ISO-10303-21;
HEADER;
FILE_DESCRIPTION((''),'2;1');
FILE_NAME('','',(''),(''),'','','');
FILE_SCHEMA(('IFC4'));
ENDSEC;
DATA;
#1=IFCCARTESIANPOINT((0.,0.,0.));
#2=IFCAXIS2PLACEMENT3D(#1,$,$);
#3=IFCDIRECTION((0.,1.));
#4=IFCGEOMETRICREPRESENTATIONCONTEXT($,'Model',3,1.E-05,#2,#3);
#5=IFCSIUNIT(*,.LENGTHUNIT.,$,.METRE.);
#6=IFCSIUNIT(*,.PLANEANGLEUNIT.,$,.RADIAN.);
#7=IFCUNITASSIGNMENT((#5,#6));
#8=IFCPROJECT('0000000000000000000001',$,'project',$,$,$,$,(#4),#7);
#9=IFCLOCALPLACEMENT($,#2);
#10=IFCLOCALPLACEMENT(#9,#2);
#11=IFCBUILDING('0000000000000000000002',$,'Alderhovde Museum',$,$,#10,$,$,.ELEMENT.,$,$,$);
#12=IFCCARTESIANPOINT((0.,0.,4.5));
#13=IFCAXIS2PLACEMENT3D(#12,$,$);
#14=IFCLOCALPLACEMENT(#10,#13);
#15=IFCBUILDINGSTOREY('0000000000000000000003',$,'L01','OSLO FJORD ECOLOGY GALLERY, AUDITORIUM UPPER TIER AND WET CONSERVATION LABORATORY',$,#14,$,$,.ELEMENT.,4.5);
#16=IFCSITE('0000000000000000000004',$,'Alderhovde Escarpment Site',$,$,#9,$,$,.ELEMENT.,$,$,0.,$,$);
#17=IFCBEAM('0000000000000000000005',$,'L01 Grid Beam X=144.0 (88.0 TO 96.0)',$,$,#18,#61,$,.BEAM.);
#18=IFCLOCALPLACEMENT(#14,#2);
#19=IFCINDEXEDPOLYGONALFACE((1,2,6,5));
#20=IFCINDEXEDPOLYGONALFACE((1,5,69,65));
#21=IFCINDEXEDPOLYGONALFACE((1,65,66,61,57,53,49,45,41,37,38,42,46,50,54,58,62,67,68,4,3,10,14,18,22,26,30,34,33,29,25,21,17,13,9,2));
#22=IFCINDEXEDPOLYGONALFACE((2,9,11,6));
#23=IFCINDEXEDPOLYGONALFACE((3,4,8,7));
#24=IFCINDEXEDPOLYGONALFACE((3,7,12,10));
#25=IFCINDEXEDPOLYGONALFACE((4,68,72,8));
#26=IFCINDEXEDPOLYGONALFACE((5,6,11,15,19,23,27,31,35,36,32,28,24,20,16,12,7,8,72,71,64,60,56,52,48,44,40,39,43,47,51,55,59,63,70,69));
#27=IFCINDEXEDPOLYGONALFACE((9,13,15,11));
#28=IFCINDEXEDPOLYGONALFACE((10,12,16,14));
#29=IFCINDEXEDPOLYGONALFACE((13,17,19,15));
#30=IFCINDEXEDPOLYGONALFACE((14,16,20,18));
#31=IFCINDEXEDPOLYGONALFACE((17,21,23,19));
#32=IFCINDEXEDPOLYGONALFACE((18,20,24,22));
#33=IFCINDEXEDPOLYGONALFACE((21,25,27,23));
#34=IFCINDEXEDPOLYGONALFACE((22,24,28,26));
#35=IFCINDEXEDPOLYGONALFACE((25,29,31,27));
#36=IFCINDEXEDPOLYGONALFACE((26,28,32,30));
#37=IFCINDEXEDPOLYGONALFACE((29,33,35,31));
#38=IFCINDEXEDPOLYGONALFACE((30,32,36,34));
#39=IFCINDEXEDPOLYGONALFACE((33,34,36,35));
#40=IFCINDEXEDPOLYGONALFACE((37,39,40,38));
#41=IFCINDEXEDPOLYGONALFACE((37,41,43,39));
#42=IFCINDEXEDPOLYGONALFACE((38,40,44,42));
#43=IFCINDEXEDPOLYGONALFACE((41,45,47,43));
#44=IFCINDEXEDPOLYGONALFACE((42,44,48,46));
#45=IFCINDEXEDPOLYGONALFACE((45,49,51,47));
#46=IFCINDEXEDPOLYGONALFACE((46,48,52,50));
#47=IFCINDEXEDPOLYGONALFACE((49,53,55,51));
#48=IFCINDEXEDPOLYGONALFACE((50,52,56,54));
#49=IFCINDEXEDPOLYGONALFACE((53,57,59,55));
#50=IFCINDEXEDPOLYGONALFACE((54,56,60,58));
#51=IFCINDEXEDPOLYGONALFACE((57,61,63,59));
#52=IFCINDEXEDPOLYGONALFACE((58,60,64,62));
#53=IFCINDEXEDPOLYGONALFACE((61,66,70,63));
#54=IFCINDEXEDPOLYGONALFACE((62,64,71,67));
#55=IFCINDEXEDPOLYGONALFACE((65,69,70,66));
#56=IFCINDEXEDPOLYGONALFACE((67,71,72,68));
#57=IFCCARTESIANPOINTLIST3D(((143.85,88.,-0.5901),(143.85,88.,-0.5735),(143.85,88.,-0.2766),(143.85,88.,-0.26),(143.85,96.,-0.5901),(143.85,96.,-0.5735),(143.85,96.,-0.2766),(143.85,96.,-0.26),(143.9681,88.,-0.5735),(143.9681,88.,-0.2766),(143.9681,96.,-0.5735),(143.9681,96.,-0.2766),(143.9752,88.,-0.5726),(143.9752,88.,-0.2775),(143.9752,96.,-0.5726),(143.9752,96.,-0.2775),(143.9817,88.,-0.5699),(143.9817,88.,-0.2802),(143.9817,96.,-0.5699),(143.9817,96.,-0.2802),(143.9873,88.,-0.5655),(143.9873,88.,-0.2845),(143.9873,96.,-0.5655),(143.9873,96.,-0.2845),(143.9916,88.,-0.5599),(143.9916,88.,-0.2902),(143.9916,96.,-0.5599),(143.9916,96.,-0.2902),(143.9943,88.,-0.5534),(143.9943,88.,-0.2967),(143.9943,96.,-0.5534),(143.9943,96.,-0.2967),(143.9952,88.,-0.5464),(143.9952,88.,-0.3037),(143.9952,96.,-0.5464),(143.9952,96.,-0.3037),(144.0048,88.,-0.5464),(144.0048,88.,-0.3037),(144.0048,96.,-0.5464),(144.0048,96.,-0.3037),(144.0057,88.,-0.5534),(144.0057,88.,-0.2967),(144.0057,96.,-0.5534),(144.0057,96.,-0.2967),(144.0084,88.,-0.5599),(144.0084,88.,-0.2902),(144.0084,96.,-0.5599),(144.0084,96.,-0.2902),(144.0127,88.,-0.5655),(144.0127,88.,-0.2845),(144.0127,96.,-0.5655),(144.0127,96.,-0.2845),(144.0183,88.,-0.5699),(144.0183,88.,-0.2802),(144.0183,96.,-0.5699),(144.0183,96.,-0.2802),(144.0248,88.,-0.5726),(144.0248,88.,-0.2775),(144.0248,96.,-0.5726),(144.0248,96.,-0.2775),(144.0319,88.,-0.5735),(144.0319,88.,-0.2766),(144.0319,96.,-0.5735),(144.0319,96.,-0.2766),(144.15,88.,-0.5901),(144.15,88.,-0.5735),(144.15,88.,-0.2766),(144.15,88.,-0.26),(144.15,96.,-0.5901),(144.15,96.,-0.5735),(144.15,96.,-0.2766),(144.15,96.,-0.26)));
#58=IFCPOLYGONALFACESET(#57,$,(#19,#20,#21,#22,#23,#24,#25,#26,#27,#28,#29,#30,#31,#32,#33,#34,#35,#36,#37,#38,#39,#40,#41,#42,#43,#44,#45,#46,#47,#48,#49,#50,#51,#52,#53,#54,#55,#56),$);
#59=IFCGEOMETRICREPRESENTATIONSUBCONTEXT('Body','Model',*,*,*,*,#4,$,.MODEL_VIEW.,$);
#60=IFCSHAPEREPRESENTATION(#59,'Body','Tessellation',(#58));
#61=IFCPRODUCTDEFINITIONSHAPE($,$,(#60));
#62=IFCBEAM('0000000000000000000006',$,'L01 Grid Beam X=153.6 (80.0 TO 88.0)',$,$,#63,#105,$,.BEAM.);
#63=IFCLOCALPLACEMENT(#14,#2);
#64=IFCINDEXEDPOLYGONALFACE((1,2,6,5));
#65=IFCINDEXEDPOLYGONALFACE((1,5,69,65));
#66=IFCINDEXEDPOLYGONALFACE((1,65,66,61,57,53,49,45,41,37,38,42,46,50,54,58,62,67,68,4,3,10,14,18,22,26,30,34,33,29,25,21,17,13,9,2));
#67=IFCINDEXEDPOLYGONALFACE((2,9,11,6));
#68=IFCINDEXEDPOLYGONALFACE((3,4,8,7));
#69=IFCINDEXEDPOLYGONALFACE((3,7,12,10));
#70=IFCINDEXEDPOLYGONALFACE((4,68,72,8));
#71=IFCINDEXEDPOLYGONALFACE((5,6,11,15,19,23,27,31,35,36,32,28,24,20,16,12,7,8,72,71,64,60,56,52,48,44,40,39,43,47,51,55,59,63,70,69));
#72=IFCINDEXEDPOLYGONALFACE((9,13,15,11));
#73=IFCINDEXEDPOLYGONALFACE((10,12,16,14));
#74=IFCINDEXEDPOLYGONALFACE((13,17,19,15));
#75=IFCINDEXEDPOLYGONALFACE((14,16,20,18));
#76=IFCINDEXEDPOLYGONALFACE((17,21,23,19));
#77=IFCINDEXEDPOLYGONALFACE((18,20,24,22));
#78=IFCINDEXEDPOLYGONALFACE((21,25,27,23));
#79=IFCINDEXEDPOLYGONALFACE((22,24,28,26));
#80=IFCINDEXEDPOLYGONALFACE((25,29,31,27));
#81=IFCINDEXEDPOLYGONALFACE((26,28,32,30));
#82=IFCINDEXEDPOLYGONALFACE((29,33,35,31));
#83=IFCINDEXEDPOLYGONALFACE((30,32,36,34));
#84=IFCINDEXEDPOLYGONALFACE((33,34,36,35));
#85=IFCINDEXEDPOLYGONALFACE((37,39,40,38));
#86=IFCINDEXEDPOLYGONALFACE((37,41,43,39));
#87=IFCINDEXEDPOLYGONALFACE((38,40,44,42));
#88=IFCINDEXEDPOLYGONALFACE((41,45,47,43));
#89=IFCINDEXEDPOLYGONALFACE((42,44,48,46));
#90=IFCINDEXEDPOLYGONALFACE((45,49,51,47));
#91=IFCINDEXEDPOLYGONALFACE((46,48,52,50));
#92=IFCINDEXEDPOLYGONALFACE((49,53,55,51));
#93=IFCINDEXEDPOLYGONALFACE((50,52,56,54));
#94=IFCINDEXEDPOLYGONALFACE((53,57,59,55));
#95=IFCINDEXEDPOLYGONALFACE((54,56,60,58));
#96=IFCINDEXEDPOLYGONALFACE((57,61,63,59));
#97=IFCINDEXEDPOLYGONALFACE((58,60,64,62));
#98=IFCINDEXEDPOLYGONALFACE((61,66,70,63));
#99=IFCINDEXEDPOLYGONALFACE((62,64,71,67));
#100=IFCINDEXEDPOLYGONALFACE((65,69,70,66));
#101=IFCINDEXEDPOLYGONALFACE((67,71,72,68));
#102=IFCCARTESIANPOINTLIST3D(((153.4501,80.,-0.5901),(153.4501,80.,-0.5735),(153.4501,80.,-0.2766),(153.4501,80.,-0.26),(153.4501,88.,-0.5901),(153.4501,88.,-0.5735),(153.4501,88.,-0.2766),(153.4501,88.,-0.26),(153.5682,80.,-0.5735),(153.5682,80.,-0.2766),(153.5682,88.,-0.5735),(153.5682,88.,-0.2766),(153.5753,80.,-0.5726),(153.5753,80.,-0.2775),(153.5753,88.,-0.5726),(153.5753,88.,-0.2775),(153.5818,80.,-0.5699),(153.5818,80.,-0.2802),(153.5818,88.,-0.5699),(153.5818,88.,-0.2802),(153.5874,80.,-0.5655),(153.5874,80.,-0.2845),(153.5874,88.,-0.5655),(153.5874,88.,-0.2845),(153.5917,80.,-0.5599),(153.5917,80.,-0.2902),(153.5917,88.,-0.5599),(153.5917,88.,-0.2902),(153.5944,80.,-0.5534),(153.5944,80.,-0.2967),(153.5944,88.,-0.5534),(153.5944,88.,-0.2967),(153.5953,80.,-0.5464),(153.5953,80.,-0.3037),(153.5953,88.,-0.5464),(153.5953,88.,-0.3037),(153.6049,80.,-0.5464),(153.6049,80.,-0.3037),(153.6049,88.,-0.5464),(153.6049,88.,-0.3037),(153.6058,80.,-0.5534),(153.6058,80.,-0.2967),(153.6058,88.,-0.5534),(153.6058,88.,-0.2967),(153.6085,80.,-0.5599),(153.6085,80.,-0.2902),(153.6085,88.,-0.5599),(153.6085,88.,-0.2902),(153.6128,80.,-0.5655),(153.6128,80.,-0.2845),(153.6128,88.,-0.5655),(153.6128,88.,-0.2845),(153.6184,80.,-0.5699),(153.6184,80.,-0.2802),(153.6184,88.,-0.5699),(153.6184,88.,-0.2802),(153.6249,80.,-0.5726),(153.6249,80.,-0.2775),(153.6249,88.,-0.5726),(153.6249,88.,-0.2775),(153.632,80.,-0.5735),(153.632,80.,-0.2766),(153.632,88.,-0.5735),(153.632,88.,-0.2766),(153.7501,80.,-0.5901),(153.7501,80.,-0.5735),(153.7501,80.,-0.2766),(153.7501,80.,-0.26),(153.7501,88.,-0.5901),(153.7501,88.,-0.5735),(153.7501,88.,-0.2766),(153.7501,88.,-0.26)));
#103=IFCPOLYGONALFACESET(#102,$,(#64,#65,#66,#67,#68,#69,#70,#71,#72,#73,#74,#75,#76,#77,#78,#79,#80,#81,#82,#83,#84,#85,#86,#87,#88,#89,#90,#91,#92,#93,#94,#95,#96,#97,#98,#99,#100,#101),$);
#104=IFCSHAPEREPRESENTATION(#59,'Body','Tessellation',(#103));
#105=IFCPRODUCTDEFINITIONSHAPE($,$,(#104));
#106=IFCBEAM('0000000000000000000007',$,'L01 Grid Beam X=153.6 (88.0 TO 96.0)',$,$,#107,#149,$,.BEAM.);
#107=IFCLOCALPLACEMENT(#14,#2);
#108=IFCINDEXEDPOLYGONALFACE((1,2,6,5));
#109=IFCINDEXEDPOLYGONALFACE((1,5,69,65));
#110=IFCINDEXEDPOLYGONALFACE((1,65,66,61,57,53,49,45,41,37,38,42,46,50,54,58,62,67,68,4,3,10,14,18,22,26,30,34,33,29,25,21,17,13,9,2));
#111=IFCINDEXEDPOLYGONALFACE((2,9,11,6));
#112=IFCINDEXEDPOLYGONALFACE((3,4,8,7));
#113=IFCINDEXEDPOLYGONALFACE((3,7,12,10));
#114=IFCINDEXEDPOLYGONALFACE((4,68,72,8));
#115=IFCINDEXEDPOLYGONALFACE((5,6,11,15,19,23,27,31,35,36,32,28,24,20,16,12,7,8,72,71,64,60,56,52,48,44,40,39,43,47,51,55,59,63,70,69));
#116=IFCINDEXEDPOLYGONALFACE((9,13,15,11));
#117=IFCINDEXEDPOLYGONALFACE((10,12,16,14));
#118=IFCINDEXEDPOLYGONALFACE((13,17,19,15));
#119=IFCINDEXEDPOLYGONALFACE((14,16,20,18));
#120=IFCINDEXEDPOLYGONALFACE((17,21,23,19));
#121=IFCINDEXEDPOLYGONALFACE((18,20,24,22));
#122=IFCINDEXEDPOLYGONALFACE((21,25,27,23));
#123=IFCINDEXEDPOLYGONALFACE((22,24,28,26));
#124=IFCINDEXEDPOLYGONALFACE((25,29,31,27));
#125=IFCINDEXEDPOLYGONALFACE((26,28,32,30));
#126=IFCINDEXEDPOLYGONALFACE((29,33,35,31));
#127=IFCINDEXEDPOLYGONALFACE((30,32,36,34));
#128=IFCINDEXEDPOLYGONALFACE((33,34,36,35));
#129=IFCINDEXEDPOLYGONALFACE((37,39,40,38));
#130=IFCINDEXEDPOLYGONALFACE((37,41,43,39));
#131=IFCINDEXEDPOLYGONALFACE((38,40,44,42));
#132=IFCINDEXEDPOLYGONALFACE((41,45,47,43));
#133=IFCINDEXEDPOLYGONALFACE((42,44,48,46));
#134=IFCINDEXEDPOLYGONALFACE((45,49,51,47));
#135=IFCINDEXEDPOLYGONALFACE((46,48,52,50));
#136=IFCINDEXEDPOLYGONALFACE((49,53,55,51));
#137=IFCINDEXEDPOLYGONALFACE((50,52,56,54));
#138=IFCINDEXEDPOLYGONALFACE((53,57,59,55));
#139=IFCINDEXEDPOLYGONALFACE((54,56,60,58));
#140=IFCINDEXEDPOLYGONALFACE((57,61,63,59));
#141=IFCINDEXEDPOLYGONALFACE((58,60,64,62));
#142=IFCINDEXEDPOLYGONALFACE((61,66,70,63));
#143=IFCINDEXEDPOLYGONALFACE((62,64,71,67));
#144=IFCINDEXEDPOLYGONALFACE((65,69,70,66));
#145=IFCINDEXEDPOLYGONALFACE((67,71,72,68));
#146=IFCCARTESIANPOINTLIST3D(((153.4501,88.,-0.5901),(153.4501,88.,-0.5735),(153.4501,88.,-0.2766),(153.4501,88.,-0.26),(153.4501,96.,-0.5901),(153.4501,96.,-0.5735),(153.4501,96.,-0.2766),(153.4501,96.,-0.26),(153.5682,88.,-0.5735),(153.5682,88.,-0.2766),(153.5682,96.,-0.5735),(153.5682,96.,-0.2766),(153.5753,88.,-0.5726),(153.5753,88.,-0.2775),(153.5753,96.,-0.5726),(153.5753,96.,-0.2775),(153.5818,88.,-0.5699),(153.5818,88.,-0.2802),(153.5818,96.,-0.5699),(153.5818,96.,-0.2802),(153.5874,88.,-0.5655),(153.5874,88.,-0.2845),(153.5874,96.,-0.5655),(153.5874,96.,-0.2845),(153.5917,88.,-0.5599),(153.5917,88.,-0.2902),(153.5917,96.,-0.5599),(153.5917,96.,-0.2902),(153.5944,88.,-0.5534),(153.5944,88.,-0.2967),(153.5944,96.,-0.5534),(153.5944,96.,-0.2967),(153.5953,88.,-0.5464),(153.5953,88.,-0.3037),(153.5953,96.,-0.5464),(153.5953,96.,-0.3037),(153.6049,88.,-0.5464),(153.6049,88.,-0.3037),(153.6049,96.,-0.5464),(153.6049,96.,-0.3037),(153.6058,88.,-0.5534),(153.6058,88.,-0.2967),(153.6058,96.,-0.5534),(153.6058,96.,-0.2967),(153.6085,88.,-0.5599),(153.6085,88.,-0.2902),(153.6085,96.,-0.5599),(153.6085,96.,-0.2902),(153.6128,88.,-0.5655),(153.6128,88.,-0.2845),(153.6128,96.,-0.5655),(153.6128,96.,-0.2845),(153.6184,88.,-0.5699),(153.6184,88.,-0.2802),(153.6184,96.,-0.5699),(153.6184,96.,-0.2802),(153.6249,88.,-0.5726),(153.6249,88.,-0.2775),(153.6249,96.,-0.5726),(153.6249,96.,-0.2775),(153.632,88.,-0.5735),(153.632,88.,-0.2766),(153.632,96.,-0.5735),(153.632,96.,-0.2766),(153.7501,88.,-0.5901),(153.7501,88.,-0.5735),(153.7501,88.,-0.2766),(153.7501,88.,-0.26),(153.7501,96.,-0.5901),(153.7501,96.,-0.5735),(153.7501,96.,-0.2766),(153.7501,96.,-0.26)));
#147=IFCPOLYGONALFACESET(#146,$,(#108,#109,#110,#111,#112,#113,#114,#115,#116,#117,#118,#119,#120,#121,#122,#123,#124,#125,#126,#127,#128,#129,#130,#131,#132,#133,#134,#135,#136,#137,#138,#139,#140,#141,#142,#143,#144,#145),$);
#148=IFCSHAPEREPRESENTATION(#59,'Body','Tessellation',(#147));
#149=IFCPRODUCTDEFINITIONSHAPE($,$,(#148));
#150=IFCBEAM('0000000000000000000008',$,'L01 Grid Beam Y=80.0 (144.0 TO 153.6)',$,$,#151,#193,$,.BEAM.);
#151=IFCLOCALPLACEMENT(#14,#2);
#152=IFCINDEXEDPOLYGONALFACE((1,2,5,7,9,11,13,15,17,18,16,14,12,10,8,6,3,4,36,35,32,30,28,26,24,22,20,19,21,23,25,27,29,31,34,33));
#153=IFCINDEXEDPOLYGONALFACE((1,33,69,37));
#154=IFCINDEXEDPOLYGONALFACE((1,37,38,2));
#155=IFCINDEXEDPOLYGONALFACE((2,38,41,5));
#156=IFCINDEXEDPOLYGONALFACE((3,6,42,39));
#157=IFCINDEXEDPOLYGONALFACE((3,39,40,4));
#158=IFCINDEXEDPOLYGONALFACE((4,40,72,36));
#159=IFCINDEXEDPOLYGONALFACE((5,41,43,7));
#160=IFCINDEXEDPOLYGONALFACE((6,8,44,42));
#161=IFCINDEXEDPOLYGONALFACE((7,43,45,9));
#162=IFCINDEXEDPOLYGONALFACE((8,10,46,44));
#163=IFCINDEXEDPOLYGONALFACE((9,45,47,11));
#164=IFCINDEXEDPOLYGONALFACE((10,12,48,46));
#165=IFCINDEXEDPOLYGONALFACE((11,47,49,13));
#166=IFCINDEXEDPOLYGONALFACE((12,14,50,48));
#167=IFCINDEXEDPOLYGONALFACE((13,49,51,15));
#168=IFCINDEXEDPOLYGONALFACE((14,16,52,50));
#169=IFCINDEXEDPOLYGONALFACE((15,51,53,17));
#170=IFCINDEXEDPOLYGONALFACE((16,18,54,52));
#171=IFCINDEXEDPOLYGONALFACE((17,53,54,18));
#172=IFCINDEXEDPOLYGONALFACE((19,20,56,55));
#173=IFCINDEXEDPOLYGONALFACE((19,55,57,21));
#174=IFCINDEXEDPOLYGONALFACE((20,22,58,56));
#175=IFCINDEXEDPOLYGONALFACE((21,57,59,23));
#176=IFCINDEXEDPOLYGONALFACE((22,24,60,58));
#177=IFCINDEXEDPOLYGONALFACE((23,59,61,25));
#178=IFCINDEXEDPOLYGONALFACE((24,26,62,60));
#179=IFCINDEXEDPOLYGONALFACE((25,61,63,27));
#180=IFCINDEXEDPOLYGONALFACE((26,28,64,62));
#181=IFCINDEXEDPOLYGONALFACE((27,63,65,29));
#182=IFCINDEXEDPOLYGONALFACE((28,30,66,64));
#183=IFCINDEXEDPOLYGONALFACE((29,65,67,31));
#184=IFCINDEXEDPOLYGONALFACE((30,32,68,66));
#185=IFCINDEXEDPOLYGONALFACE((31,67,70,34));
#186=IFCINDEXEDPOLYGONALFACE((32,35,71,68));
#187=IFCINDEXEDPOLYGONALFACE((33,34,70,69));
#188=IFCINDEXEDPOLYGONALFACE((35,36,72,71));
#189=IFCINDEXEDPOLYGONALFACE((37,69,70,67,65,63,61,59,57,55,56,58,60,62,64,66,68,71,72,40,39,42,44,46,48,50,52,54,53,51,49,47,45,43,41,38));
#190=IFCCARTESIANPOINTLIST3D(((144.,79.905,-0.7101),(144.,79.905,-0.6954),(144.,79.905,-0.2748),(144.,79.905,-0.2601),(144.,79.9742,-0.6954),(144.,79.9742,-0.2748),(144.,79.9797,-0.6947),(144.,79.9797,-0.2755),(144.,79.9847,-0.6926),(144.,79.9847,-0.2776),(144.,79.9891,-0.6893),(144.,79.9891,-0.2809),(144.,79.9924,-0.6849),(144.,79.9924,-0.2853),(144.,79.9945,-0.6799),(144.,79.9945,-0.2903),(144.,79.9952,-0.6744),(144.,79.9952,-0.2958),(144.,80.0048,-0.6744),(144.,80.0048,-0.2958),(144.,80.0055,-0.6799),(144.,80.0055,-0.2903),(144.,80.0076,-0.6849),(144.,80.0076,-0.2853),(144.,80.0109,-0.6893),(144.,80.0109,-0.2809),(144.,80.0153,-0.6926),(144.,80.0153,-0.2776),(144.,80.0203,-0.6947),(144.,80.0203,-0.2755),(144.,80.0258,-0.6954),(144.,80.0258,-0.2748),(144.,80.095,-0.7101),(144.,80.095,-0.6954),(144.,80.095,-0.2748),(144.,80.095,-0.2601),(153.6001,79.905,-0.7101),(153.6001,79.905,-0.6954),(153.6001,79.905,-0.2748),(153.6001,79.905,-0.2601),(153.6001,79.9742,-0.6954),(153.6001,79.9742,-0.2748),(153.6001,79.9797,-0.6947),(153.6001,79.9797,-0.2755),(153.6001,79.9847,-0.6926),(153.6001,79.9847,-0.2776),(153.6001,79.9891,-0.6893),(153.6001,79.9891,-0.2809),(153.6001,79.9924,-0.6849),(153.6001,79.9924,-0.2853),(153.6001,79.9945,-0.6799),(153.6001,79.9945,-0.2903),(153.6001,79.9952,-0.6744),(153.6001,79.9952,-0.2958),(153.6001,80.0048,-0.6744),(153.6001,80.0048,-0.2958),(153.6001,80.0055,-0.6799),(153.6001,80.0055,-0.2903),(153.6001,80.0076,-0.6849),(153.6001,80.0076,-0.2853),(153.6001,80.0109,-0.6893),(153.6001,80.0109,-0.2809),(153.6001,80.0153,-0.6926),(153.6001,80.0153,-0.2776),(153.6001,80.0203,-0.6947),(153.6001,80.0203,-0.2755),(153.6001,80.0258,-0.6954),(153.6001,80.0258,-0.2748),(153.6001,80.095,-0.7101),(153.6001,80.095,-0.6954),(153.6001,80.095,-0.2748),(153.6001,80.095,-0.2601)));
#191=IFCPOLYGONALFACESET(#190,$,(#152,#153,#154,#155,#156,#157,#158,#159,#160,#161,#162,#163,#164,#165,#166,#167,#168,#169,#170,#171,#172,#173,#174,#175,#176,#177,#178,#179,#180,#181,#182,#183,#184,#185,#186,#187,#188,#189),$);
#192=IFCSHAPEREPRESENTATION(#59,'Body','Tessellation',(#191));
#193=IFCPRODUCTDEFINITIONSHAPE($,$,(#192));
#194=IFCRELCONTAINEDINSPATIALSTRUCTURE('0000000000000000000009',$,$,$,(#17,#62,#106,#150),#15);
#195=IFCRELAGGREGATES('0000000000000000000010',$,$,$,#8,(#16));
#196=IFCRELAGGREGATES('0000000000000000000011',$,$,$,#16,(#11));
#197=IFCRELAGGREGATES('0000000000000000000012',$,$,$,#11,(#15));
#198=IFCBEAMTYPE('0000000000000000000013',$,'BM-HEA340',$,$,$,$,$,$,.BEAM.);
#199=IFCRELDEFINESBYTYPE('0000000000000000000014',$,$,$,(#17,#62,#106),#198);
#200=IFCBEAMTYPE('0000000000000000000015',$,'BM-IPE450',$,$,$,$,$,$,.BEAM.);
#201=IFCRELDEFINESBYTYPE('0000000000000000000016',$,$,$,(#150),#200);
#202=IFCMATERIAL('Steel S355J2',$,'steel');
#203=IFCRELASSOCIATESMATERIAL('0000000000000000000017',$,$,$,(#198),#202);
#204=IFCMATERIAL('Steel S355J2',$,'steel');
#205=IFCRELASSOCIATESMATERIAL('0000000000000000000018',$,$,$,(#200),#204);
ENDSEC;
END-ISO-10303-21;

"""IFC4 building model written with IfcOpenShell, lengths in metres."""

from ifc_helpers import new_model, si_unit, direction, frame, origin, origin_2d, place, context, subcontext, project, spatial, i_section, extrude, material, material_profile, profile_set, type_object, element, save


model = new_model("IFC4")

# Units and contexts
model_context = context("Model", 3, precision=1e-05, world=origin(), true_north=direction((0.0, 1.0)))
body_context = subcontext(model_context, "Body", "Model", "MODEL_VIEW")
ifc_project = project(units=[si_unit("LENGTHUNIT", "METRE"), si_unit("PLANEANGLEUNIT", "RADIAN")], contexts=[model_context])

# Site, building, storey
site_placement = place(None, origin())
site = spatial("IfcSite", under=ifc_project, at=site_placement, Name="Alderhovde Escarpment Site", CompositionType="ELEMENT", RefElevation=0.0)
building_placement = place(site_placement, origin())
building = spatial("IfcBuilding", under=site, at=building_placement, Name="Alderhovde Museum", CompositionType="ELEMENT")
storey_placement = place(building_placement, frame((0.0, 0.0, 4.5)))
storey = spatial("IfcBuildingStorey", under=building, at=storey_placement, Name="L01", Description="OSLO FJORD ECOLOGY GALLERY, AUDITORIUM UPPER TIER AND WET CONSERVATION LABORATORY", CompositionType="ELEMENT", Elevation=4.5)

# Beams
ifc_material_1 = material(Name="Steel S355J2", Category="steel")
ifc_material_profile_1 = material_profile(ifc_material_1, i_section(OverallWidth=0.3, OverallDepth=0.3301, WebThickness=0.0095, FlangeThickness=0.0166, FilletRadius=0.0271, at=origin_2d()), Name="HEA 340")
ifc_profile_set_1 = profile_set([ifc_material_profile_1], Name="Steel S355J2")
beam_type_1 = type_object("IfcBeamType", Name="BM-HEA340", PredefinedType="BEAM", material=ifc_profile_set_1)
for number, where, z_axis, x_axis, name in (
    (1, (144.0, 88.0, -0.425), (0.0, 1.0, 0.0), (-1.0, 0.0, 0.0), "L01 Grid Beam X=144.0 (88.0 TO 96.0)"),
    (2, (153.6001, 80.0, -0.425), (0.0, 1.0, 0.0), (-1.0, 0.0, 0.0), "L01 Grid Beam X=153.6 (80.0 TO 88.0)"),
    (3, (153.6001, 88.0, -0.425), (0.0, 1.0, 0.0), (-1.0, 0.0, 0.0), "L01 Grid Beam X=153.6 (88.0 TO 96.0)"),
):
    element("IfcBeam", number, at=place(storey_placement, frame(where, z_axis=z_axis, x_axis=x_axis)), inside=storey, type_object=beam_type_1, Name=name, PredefinedType="BEAM", context=body_context, shape_type="SweptSolid", body=[
        extrude(i_section(OverallWidth=0.3, OverallDepth=0.3301, WebThickness=0.0095, FlangeThickness=0.0166, FilletRadius=0.0271, at=origin_2d()), origin(), (0.0, 0.0, 1.0), 8.0),
    ])
ifc_material_2 = material(Name="Steel S355J2", Category="steel")
ifc_material_profile_2 = material_profile(ifc_material_2, i_section(OverallWidth=0.1899, OverallDepth=0.45, WebThickness=0.0095, FlangeThickness=0.0146, FilletRadius=0.021, at=origin_2d()), Name="IPE 450")
ifc_profile_set_2 = profile_set([ifc_material_profile_2], Name="Steel S355J2")
beam_type_2 = type_object("IfcBeamType", Name="BM-IPE450", PredefinedType="BEAM", material=ifc_profile_set_2)
beam_1_placement = place(storey_placement, frame((144.0, 80.0, -0.4851), z_axis=(1.0, 0.0, 0.0), x_axis=(0.0, 1.0, 0.0)))
element("IfcBeam", 4, at=beam_1_placement, inside=storey, type_object=beam_type_2, Name="L01 Grid Beam Y=80.0 (144.0 TO 153.6)", PredefinedType="BEAM", context=body_context, shape_type="SweptSolid", body=[
    extrude(i_section(OverallWidth=0.1899, OverallDepth=0.45, WebThickness=0.0095, FlangeThickness=0.0146, FilletRadius=0.021, at=origin_2d()), origin(), (0.0, 0.0, 1.0), 9.6001),
])

save(model, "model.ifc")
